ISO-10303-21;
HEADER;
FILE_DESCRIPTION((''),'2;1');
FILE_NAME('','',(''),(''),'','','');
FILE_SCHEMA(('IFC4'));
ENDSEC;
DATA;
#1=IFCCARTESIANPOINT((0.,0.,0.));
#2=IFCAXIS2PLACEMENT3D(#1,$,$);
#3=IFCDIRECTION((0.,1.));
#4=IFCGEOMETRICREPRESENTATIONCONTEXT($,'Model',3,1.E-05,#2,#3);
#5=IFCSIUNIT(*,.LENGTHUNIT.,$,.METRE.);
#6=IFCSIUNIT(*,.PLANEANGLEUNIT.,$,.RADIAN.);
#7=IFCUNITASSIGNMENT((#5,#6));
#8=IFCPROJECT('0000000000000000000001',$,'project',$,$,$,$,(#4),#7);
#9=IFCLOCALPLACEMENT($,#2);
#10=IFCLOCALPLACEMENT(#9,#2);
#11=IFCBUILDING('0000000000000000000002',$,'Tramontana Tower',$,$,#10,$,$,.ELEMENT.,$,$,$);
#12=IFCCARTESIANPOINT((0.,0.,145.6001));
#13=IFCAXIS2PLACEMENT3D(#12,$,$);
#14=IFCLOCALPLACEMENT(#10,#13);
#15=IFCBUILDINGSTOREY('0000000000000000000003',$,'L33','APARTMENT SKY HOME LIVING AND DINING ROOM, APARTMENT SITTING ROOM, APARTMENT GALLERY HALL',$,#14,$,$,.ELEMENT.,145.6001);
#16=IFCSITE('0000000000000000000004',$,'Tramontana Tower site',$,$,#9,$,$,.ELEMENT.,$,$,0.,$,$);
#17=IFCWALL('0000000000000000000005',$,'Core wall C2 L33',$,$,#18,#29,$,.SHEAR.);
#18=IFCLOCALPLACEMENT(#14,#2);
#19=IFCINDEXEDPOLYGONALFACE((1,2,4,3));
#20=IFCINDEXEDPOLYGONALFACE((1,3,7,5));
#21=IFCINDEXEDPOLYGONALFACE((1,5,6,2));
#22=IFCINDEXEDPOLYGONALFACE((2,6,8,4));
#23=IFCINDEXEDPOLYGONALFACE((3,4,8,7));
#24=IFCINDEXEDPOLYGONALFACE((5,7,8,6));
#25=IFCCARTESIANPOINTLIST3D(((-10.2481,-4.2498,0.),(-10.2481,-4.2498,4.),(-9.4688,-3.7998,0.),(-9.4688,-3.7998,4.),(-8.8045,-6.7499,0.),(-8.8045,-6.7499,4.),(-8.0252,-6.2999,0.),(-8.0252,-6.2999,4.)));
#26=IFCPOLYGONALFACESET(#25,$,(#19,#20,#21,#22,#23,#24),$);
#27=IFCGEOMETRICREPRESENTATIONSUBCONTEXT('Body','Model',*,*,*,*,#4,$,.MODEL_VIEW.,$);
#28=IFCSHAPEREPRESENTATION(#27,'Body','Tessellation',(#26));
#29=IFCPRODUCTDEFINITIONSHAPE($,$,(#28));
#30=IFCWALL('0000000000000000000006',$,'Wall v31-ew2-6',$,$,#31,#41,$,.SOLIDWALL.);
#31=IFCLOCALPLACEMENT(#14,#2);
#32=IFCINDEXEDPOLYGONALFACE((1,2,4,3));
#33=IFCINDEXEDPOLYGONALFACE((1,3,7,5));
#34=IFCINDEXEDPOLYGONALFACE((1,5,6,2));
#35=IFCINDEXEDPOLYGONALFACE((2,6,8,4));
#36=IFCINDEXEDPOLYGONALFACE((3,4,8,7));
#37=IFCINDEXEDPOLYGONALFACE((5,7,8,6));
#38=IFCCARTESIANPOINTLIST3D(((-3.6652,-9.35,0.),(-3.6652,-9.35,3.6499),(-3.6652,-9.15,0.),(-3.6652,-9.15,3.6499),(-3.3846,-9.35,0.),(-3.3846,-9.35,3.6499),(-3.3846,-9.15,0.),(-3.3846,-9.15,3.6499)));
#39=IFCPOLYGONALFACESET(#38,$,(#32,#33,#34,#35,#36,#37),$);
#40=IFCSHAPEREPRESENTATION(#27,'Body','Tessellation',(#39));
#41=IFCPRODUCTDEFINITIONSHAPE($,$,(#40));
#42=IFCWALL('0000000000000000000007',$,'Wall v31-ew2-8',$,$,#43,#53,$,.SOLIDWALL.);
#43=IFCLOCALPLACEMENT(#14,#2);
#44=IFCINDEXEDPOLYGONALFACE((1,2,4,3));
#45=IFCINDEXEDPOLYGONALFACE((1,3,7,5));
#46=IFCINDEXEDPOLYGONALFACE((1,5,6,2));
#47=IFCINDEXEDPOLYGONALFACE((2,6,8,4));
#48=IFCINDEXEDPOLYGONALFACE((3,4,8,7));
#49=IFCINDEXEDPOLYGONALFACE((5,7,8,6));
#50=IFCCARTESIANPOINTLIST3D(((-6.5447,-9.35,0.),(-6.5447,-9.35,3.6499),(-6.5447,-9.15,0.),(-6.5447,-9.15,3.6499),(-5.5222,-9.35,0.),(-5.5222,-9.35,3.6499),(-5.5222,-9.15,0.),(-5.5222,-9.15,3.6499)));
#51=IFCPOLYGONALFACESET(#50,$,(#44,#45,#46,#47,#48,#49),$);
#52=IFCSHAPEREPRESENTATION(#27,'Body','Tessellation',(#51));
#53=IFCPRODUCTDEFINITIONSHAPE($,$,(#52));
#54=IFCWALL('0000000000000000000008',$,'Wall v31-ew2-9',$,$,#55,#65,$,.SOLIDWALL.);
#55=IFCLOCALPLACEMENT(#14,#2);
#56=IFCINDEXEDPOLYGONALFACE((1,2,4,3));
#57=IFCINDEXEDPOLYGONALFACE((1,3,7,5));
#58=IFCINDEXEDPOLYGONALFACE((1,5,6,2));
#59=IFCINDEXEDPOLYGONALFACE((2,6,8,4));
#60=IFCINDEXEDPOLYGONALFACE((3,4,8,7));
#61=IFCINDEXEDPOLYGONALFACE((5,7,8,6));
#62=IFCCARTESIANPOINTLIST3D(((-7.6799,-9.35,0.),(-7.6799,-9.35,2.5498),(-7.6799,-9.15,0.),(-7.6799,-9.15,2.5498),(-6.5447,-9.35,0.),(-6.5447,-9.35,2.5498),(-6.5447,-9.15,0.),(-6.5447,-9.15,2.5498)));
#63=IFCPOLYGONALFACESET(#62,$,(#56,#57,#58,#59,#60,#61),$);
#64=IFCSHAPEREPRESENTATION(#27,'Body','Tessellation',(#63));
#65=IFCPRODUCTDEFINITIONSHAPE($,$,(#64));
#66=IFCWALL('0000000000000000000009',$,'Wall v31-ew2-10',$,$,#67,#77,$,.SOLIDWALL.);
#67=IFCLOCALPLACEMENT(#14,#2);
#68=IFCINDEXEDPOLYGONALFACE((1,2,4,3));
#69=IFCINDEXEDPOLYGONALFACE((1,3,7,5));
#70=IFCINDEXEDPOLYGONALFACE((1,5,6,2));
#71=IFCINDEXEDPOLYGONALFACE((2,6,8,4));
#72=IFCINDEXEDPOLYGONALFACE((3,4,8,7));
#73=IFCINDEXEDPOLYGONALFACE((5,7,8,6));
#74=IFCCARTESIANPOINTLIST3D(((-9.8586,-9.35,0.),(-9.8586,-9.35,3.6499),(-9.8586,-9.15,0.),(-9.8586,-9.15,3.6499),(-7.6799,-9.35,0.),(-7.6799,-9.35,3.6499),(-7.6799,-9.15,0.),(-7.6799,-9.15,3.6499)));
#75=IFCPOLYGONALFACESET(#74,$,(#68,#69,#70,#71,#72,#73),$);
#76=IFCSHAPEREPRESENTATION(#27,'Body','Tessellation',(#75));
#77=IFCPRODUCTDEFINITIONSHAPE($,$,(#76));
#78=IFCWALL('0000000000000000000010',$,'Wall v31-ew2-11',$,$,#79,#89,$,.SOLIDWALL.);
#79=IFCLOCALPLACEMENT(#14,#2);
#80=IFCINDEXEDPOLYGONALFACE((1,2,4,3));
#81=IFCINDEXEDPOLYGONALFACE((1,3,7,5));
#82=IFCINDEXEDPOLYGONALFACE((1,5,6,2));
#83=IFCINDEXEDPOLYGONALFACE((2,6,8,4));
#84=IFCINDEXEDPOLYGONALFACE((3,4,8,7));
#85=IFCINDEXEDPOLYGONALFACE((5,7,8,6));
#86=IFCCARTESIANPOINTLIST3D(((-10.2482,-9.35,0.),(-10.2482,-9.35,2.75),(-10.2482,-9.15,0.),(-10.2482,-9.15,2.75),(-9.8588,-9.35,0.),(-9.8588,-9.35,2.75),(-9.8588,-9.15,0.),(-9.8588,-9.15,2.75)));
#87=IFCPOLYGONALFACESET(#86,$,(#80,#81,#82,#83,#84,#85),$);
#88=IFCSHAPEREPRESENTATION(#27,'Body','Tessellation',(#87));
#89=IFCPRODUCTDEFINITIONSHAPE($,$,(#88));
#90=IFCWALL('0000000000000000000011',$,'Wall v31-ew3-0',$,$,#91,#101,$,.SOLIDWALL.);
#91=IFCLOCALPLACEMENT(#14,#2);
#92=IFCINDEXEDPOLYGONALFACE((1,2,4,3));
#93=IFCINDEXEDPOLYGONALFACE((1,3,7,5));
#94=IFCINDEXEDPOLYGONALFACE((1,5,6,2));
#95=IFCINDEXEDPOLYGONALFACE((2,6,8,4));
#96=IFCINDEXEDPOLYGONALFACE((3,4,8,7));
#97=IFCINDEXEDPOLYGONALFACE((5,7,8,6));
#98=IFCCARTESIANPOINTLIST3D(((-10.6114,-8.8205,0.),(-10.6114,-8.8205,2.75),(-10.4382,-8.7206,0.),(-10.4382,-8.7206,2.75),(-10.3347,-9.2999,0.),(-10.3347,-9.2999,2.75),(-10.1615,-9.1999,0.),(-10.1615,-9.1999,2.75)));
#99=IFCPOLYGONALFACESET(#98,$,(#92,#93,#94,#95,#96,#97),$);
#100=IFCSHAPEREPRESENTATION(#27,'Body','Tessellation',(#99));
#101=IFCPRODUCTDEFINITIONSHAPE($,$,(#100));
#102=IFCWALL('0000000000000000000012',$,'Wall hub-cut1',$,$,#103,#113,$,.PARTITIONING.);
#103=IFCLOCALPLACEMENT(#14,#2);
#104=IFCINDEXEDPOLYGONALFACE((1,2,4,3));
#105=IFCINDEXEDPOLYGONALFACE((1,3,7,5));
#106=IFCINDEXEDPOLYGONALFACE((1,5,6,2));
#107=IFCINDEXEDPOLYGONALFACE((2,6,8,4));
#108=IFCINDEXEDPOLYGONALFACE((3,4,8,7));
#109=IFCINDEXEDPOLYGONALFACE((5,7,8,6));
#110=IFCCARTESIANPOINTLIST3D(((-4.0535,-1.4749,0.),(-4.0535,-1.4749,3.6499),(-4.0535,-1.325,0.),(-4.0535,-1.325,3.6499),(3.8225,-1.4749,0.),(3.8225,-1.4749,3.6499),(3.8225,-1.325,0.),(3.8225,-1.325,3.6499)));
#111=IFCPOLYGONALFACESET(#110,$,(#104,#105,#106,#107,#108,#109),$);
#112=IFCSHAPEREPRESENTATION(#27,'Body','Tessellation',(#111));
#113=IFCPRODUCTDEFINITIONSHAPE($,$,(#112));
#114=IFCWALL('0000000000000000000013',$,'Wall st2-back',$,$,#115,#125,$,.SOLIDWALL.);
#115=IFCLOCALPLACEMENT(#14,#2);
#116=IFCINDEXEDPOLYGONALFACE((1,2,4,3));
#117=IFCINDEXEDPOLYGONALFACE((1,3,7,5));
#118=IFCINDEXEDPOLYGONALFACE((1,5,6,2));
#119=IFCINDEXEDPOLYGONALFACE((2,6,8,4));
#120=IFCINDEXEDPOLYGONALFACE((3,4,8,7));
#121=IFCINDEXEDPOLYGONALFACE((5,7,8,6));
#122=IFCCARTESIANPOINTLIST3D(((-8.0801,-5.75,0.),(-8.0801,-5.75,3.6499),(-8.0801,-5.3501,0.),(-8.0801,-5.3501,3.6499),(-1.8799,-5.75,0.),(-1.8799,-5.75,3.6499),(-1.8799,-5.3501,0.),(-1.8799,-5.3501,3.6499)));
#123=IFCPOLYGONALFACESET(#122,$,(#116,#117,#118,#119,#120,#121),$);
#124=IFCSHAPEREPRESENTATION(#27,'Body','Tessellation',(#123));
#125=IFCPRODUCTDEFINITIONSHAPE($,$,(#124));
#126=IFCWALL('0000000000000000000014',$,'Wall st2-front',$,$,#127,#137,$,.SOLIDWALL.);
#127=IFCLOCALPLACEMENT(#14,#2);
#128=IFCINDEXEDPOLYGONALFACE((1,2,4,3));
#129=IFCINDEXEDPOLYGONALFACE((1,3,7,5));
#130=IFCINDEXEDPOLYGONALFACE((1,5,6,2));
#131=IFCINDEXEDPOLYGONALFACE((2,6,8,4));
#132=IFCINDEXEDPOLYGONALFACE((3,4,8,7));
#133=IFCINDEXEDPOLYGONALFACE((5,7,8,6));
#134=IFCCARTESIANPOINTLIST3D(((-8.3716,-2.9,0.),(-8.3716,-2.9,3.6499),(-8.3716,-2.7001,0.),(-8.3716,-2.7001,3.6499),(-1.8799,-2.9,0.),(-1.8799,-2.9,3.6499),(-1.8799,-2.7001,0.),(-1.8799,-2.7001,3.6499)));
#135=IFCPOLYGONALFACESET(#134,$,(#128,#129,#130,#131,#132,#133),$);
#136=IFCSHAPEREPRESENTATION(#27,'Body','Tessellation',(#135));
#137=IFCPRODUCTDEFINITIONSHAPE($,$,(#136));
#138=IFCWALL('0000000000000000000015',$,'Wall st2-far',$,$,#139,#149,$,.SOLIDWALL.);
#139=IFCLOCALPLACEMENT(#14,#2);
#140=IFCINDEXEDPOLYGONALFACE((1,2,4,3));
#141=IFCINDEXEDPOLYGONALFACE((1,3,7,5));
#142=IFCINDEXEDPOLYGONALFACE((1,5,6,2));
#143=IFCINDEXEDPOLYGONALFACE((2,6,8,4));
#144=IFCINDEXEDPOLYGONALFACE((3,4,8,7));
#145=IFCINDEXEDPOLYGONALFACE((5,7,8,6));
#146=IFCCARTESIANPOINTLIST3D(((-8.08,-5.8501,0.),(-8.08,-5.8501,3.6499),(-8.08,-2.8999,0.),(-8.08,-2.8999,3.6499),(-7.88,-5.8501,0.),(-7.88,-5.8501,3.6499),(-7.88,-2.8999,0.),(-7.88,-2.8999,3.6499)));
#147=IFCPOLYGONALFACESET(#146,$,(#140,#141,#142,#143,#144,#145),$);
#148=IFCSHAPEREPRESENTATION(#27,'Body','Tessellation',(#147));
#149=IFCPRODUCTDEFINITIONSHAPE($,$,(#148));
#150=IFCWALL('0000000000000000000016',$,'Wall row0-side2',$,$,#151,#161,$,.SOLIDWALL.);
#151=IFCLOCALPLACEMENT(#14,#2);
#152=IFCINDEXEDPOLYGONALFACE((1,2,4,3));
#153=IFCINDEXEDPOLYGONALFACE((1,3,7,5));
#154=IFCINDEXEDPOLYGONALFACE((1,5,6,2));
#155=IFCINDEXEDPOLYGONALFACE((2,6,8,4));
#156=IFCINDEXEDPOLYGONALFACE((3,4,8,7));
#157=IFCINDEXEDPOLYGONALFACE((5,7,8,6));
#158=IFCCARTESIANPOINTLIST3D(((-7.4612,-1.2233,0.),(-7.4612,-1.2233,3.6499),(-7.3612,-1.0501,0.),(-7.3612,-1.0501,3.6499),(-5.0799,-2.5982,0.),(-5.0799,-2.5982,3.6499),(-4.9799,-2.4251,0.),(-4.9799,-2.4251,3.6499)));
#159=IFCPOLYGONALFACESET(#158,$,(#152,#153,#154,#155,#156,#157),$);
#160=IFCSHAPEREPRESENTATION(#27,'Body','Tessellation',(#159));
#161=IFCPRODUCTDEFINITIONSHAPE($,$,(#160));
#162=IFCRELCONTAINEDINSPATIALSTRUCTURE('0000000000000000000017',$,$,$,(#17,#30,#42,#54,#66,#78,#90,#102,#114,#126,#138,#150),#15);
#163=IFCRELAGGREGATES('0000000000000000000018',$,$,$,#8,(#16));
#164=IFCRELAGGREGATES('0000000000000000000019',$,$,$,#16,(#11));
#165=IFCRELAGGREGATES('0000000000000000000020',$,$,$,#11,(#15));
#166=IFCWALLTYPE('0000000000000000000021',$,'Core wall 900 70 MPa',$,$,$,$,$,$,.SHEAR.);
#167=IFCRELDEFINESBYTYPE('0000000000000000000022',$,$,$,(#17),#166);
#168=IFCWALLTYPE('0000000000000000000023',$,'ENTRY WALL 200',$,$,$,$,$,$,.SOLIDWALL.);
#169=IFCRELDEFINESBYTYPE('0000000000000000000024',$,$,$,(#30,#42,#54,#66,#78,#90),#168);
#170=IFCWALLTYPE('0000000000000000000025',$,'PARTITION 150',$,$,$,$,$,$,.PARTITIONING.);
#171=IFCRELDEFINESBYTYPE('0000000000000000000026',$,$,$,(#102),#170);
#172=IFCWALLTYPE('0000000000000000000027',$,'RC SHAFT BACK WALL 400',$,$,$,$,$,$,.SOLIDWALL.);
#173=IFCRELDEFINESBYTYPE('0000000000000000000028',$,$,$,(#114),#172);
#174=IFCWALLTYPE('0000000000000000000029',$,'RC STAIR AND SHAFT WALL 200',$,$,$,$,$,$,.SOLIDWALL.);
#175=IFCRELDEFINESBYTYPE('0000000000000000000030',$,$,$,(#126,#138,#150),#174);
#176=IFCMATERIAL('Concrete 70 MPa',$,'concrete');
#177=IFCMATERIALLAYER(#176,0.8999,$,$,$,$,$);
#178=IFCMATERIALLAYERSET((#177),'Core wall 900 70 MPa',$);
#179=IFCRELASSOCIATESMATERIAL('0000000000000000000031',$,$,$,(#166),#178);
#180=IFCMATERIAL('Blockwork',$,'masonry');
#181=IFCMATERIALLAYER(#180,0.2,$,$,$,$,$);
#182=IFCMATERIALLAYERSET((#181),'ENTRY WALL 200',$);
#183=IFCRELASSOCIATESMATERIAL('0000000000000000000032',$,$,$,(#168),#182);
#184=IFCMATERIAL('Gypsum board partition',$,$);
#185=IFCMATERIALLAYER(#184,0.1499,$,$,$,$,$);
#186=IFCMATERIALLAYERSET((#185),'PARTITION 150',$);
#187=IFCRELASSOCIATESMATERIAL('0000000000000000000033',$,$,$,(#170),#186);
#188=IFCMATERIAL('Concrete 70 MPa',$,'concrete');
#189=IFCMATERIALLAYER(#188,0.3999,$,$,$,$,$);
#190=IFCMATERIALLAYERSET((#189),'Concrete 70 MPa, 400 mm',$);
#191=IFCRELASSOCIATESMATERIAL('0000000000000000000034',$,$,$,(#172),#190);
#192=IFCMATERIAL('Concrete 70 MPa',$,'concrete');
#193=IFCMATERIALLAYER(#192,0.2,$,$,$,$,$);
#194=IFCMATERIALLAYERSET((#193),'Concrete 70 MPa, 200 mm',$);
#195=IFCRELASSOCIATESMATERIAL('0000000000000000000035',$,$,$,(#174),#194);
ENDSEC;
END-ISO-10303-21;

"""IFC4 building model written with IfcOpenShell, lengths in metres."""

from ifc_helpers import new_model, si_unit, direction, frame, frame_2d, origin, place, context, subcontext, project, spatial, rectangle, extrude, material, layer, layer_set, type_object, element, save


model = new_model("IFC4")

# Units and contexts
model_context = context("Model", 3, precision=1e-05, world=origin(), true_north=direction((0.0, 1.0)))
body_context = subcontext(model_context, "Body", "Model", "MODEL_VIEW")
ifc_project = project(units=[si_unit("LENGTHUNIT", "METRE"), si_unit("PLANEANGLEUNIT", "RADIAN")], contexts=[model_context])

# Site, building, storey
site_placement = place(None, origin())
site = spatial("IfcSite", under=ifc_project, at=site_placement, Name="Tramontana Tower site", CompositionType="ELEMENT", RefElevation=0.0)
building_placement = place(site_placement, origin())
building = spatial("IfcBuilding", under=site, at=building_placement, Name="Tramontana Tower", CompositionType="ELEMENT")
storey_placement = place(building_placement, frame((0.0, 0.0, 145.6001)))
storey = spatial("IfcBuildingStorey", under=building, at=storey_placement, Name="L33", Description="APARTMENT SKY HOME LIVING AND DINING ROOM, APARTMENT SITTING ROOM, APARTMENT GALLERY HALL", CompositionType="ELEMENT", Elevation=145.6001)

# Wall
ifc_material_1 = material(Name="Concrete 70 MPa", Category="concrete")
ifc_layer_1 = layer(ifc_material_1, 0.8999)
ifc_layer_set_1 = layer_set([ifc_layer_1], Name="Core wall 900 70 MPa")
wall_type_1 = type_object("IfcWallType", Name="Core wall 900 70 MPa", PredefinedType="SHEAR", material=ifc_layer_set_1)
wall_1_placement = place(storey_placement, frame((-9.8584, -4.0249, 0.0), z_axis=(0.0, 0.0, 1.0), x_axis=(0.500059, -0.865991, 0.0)))
element("IfcWall", 1, at=wall_1_placement, inside=storey, type_object=wall_type_1, Name="Core wall C2 L33", PredefinedType="SHEAR", context=body_context, shape_type="SweptSolid", body=[
    extrude(rectangle(XDim=2.887, YDim=0.8999, at=frame_2d((1.4434, 0.0))), origin(), (0.0, 0.0, 1.0), 4.0),
])

# Wall
ifc_material_2 = material(Name="Blockwork", Category="masonry")
ifc_layer_2 = layer(ifc_material_2, 0.2)
ifc_layer_set_2 = layer_set([ifc_layer_2], Name="ENTRY WALL 200")
wall_type_2 = type_object("IfcWallType", Name="ENTRY WALL 200", PredefinedType="SOLIDWALL", material=ifc_layer_set_2)
wall_2_placement = place(storey_placement, frame((-3.3848, -9.25, 0.0), z_axis=(0.0, 0.0, 1.0), x_axis=(-1.0, 0.0, 0.0)))
element("IfcWall", 2, at=wall_2_placement, inside=storey, type_object=wall_type_2, Name="Wall v31-ew2-6", PredefinedType="SOLIDWALL", context=body_context, shape_type="SweptSolid", body=[
    extrude(rectangle(XDim=0.2805, YDim=0.2, at=frame_2d((0.1401, 0.0))), origin(), (0.0, 0.0, 1.0), 3.6499),
])

# Walls
wall_3_placement = place(storey_placement, frame((-5.5222, -9.25, 0.0), z_axis=(0.0, 0.0, 1.0), x_axis=(-1.0, 0.0, 0.0)))
element("IfcWall", 3, at=wall_3_placement, inside=storey, type_object=wall_type_2, Name="Wall v31-ew2-8", PredefinedType="SOLIDWALL", context=body_context, shape_type="SweptSolid", body=[
    extrude(rectangle(XDim=1.0225, YDim=0.2, at=frame_2d((0.5112, 0.0))), origin(), (0.0, 0.0, 1.0), 3.6499),
])
wall_4_placement = place(storey_placement, frame((-6.5447, -9.25, 0.0), z_axis=(0.0, 0.0, 1.0), x_axis=(-1.0, 0.0, 0.0)))
element("IfcWall", 4, at=wall_4_placement, inside=storey, type_object=wall_type_2, Name="Wall v31-ew2-9", PredefinedType="SOLIDWALL", context=body_context, shape_type="SweptSolid", body=[
    extrude(rectangle(XDim=1.1353, YDim=0.2, at=frame_2d((0.5676, 0.0))), origin(), (0.0, 0.0, 1.0), 2.5498),
])
wall_5_placement = place(storey_placement, frame((-7.6799, -9.25, 0.0), z_axis=(0.0, 0.0, 1.0), x_axis=(-1.0, 0.0, 0.0)))
element("IfcWall", 5, at=wall_5_placement, inside=storey, type_object=wall_type_2, Name="Wall v31-ew2-10", PredefinedType="SOLIDWALL", context=body_context, shape_type="SweptSolid", body=[
    extrude(rectangle(XDim=2.1787, YDim=0.2, at=frame_2d((1.0894, 0.0))), origin(), (0.0, 0.0, 1.0), 3.6499),
])
wall_6_placement = place(storey_placement, frame((-9.8586, -9.25, 0.0), z_axis=(0.0, 0.0, 1.0), x_axis=(-1.0, 0.0, 0.0)))
element("IfcWall", 6, at=wall_6_placement, inside=storey, type_object=wall_type_2, Name="Wall v31-ew2-11", PredefinedType="SOLIDWALL", context=body_context, shape_type="SweptSolid", body=[
    extrude(rectangle(XDim=0.3894, YDim=0.2, at=frame_2d((0.1948, 0.0))), origin(), (0.0, 0.0, 1.0), 2.75),
])
wall_7_placement = place(storey_placement, frame((-10.248, -9.25, 0.0), z_axis=(0.0, 0.0, 1.0), x_axis=(-0.499888, 0.86609, 0.0)))
element("IfcWall", 7, at=wall_7_placement, inside=storey, type_object=wall_type_2, Name="Wall v31-ew3-0", PredefinedType="SOLIDWALL", context=body_context, shape_type="SweptSolid", body=[
    extrude(rectangle(XDim=0.5535, YDim=0.2, at=frame_2d((0.2769, 0.0))), origin(), (0.0, 0.0, 1.0), 2.75),
])
ifc_material_3 = material(Name="Gypsum board partition")
ifc_layer_3 = layer(ifc_material_3, 0.1499)
ifc_layer_set_3 = layer_set([ifc_layer_3], Name="PARTITION 150")
wall_type_3 = type_object("IfcWallType", Name="PARTITION 150", PredefinedType="PARTITIONING", material=ifc_layer_set_3)
wall_8_placement = place(storey_placement, frame((-4.0535, -1.3999, 0.0), z_axis=(0.0, 0.0, 1.0), x_axis=(1.0, 0.0, 0.0)))
element("IfcWall", 8, at=wall_8_placement, inside=storey, type_object=wall_type_3, Name="Wall hub-cut1", PredefinedType="PARTITIONING", context=body_context, shape_type="SweptSolid", body=[
    extrude(rectangle(XDim=7.876, YDim=0.1499, at=frame_2d((3.938, 0.0))), origin(), (0.0, 0.0, 1.0), 3.6499),
])
ifc_material_4 = material(Name="Concrete 70 MPa", Category="concrete")
ifc_layer_4 = layer(ifc_material_4, 0.3999)
ifc_layer_set_4 = layer_set([ifc_layer_4], Name="Concrete 70 MPa, 400 mm")
wall_type_4 = type_object("IfcWallType", Name="RC SHAFT BACK WALL 400", PredefinedType="SOLIDWALL", material=ifc_layer_set_4)
wall_9_placement = place(storey_placement, frame((-8.0801, -5.55, 0.0), z_axis=(0.0, 0.0, 1.0), x_axis=(1.0, 0.0, 0.0)))
element("IfcWall", 9, at=wall_9_placement, inside=storey, type_object=wall_type_4, Name="Wall st2-back", PredefinedType="SOLIDWALL", context=body_context, shape_type="SweptSolid", body=[
    extrude(rectangle(XDim=6.2002, YDim=0.3999, at=frame_2d((3.1001, 0.0))), origin(), (0.0, 0.0, 1.0), 3.6499),
])
ifc_material_5 = material(Name="Concrete 70 MPa", Category="concrete")
ifc_layer_5 = layer(ifc_material_5, 0.2)
ifc_layer_set_5 = layer_set([ifc_layer_5], Name="Concrete 70 MPa, 200 mm")
wall_type_5 = type_object("IfcWallType", Name="RC STAIR AND SHAFT WALL 200", PredefinedType="SOLIDWALL", material=ifc_layer_set_5)
wall_10_placement = place(storey_placement, frame((-8.3716, -2.8, 0.0), z_axis=(0.0, 0.0, 1.0), x_axis=(1.0, 0.0, 0.0)))
element("IfcWall", 10, at=wall_10_placement, inside=storey, type_object=wall_type_5, Name="Wall st2-front", PredefinedType="SOLIDWALL", context=body_context, shape_type="SweptSolid", body=[
    extrude(rectangle(XDim=6.4917, YDim=0.2, at=frame_2d((3.2458, 0.0))), origin(), (0.0, 0.0, 1.0), 3.6499),
])
wall_11_placement = place(storey_placement, frame((-7.98, -2.8999, 0.0), z_axis=(0.0, 0.0, 1.0), x_axis=(0.0, -1.0, 0.0)))
element("IfcWall", 11, at=wall_11_placement, inside=storey, type_object=wall_type_5, Name="Wall st2-far", PredefinedType="SOLIDWALL", context=body_context, shape_type="SweptSolid", body=[
    extrude(rectangle(XDim=2.9502, YDim=0.2, at=frame_2d((1.4751, 0.0))), origin(), (0.0, 0.0, 1.0), 3.6499),
])
wall_12_placement = place(storey_placement, frame((-5.0298, -2.5117, 0.0), z_axis=(0.0, 0.0, 1.0), x_axis=(-0.866005, 0.500035, 0.0)))
element("IfcWall", 12, at=wall_12_placement, inside=storey, type_object=wall_type_5, Name="Wall row0-side2", PredefinedType="SOLIDWALL", context=body_context, shape_type="SweptSolid", body=[
    extrude(rectangle(XDim=2.7498, YDim=0.2, at=frame_2d((1.375, 0.0))), origin(), (0.0, 0.0, 1.0), 3.6499),
])

save(model, "model.ifc")
